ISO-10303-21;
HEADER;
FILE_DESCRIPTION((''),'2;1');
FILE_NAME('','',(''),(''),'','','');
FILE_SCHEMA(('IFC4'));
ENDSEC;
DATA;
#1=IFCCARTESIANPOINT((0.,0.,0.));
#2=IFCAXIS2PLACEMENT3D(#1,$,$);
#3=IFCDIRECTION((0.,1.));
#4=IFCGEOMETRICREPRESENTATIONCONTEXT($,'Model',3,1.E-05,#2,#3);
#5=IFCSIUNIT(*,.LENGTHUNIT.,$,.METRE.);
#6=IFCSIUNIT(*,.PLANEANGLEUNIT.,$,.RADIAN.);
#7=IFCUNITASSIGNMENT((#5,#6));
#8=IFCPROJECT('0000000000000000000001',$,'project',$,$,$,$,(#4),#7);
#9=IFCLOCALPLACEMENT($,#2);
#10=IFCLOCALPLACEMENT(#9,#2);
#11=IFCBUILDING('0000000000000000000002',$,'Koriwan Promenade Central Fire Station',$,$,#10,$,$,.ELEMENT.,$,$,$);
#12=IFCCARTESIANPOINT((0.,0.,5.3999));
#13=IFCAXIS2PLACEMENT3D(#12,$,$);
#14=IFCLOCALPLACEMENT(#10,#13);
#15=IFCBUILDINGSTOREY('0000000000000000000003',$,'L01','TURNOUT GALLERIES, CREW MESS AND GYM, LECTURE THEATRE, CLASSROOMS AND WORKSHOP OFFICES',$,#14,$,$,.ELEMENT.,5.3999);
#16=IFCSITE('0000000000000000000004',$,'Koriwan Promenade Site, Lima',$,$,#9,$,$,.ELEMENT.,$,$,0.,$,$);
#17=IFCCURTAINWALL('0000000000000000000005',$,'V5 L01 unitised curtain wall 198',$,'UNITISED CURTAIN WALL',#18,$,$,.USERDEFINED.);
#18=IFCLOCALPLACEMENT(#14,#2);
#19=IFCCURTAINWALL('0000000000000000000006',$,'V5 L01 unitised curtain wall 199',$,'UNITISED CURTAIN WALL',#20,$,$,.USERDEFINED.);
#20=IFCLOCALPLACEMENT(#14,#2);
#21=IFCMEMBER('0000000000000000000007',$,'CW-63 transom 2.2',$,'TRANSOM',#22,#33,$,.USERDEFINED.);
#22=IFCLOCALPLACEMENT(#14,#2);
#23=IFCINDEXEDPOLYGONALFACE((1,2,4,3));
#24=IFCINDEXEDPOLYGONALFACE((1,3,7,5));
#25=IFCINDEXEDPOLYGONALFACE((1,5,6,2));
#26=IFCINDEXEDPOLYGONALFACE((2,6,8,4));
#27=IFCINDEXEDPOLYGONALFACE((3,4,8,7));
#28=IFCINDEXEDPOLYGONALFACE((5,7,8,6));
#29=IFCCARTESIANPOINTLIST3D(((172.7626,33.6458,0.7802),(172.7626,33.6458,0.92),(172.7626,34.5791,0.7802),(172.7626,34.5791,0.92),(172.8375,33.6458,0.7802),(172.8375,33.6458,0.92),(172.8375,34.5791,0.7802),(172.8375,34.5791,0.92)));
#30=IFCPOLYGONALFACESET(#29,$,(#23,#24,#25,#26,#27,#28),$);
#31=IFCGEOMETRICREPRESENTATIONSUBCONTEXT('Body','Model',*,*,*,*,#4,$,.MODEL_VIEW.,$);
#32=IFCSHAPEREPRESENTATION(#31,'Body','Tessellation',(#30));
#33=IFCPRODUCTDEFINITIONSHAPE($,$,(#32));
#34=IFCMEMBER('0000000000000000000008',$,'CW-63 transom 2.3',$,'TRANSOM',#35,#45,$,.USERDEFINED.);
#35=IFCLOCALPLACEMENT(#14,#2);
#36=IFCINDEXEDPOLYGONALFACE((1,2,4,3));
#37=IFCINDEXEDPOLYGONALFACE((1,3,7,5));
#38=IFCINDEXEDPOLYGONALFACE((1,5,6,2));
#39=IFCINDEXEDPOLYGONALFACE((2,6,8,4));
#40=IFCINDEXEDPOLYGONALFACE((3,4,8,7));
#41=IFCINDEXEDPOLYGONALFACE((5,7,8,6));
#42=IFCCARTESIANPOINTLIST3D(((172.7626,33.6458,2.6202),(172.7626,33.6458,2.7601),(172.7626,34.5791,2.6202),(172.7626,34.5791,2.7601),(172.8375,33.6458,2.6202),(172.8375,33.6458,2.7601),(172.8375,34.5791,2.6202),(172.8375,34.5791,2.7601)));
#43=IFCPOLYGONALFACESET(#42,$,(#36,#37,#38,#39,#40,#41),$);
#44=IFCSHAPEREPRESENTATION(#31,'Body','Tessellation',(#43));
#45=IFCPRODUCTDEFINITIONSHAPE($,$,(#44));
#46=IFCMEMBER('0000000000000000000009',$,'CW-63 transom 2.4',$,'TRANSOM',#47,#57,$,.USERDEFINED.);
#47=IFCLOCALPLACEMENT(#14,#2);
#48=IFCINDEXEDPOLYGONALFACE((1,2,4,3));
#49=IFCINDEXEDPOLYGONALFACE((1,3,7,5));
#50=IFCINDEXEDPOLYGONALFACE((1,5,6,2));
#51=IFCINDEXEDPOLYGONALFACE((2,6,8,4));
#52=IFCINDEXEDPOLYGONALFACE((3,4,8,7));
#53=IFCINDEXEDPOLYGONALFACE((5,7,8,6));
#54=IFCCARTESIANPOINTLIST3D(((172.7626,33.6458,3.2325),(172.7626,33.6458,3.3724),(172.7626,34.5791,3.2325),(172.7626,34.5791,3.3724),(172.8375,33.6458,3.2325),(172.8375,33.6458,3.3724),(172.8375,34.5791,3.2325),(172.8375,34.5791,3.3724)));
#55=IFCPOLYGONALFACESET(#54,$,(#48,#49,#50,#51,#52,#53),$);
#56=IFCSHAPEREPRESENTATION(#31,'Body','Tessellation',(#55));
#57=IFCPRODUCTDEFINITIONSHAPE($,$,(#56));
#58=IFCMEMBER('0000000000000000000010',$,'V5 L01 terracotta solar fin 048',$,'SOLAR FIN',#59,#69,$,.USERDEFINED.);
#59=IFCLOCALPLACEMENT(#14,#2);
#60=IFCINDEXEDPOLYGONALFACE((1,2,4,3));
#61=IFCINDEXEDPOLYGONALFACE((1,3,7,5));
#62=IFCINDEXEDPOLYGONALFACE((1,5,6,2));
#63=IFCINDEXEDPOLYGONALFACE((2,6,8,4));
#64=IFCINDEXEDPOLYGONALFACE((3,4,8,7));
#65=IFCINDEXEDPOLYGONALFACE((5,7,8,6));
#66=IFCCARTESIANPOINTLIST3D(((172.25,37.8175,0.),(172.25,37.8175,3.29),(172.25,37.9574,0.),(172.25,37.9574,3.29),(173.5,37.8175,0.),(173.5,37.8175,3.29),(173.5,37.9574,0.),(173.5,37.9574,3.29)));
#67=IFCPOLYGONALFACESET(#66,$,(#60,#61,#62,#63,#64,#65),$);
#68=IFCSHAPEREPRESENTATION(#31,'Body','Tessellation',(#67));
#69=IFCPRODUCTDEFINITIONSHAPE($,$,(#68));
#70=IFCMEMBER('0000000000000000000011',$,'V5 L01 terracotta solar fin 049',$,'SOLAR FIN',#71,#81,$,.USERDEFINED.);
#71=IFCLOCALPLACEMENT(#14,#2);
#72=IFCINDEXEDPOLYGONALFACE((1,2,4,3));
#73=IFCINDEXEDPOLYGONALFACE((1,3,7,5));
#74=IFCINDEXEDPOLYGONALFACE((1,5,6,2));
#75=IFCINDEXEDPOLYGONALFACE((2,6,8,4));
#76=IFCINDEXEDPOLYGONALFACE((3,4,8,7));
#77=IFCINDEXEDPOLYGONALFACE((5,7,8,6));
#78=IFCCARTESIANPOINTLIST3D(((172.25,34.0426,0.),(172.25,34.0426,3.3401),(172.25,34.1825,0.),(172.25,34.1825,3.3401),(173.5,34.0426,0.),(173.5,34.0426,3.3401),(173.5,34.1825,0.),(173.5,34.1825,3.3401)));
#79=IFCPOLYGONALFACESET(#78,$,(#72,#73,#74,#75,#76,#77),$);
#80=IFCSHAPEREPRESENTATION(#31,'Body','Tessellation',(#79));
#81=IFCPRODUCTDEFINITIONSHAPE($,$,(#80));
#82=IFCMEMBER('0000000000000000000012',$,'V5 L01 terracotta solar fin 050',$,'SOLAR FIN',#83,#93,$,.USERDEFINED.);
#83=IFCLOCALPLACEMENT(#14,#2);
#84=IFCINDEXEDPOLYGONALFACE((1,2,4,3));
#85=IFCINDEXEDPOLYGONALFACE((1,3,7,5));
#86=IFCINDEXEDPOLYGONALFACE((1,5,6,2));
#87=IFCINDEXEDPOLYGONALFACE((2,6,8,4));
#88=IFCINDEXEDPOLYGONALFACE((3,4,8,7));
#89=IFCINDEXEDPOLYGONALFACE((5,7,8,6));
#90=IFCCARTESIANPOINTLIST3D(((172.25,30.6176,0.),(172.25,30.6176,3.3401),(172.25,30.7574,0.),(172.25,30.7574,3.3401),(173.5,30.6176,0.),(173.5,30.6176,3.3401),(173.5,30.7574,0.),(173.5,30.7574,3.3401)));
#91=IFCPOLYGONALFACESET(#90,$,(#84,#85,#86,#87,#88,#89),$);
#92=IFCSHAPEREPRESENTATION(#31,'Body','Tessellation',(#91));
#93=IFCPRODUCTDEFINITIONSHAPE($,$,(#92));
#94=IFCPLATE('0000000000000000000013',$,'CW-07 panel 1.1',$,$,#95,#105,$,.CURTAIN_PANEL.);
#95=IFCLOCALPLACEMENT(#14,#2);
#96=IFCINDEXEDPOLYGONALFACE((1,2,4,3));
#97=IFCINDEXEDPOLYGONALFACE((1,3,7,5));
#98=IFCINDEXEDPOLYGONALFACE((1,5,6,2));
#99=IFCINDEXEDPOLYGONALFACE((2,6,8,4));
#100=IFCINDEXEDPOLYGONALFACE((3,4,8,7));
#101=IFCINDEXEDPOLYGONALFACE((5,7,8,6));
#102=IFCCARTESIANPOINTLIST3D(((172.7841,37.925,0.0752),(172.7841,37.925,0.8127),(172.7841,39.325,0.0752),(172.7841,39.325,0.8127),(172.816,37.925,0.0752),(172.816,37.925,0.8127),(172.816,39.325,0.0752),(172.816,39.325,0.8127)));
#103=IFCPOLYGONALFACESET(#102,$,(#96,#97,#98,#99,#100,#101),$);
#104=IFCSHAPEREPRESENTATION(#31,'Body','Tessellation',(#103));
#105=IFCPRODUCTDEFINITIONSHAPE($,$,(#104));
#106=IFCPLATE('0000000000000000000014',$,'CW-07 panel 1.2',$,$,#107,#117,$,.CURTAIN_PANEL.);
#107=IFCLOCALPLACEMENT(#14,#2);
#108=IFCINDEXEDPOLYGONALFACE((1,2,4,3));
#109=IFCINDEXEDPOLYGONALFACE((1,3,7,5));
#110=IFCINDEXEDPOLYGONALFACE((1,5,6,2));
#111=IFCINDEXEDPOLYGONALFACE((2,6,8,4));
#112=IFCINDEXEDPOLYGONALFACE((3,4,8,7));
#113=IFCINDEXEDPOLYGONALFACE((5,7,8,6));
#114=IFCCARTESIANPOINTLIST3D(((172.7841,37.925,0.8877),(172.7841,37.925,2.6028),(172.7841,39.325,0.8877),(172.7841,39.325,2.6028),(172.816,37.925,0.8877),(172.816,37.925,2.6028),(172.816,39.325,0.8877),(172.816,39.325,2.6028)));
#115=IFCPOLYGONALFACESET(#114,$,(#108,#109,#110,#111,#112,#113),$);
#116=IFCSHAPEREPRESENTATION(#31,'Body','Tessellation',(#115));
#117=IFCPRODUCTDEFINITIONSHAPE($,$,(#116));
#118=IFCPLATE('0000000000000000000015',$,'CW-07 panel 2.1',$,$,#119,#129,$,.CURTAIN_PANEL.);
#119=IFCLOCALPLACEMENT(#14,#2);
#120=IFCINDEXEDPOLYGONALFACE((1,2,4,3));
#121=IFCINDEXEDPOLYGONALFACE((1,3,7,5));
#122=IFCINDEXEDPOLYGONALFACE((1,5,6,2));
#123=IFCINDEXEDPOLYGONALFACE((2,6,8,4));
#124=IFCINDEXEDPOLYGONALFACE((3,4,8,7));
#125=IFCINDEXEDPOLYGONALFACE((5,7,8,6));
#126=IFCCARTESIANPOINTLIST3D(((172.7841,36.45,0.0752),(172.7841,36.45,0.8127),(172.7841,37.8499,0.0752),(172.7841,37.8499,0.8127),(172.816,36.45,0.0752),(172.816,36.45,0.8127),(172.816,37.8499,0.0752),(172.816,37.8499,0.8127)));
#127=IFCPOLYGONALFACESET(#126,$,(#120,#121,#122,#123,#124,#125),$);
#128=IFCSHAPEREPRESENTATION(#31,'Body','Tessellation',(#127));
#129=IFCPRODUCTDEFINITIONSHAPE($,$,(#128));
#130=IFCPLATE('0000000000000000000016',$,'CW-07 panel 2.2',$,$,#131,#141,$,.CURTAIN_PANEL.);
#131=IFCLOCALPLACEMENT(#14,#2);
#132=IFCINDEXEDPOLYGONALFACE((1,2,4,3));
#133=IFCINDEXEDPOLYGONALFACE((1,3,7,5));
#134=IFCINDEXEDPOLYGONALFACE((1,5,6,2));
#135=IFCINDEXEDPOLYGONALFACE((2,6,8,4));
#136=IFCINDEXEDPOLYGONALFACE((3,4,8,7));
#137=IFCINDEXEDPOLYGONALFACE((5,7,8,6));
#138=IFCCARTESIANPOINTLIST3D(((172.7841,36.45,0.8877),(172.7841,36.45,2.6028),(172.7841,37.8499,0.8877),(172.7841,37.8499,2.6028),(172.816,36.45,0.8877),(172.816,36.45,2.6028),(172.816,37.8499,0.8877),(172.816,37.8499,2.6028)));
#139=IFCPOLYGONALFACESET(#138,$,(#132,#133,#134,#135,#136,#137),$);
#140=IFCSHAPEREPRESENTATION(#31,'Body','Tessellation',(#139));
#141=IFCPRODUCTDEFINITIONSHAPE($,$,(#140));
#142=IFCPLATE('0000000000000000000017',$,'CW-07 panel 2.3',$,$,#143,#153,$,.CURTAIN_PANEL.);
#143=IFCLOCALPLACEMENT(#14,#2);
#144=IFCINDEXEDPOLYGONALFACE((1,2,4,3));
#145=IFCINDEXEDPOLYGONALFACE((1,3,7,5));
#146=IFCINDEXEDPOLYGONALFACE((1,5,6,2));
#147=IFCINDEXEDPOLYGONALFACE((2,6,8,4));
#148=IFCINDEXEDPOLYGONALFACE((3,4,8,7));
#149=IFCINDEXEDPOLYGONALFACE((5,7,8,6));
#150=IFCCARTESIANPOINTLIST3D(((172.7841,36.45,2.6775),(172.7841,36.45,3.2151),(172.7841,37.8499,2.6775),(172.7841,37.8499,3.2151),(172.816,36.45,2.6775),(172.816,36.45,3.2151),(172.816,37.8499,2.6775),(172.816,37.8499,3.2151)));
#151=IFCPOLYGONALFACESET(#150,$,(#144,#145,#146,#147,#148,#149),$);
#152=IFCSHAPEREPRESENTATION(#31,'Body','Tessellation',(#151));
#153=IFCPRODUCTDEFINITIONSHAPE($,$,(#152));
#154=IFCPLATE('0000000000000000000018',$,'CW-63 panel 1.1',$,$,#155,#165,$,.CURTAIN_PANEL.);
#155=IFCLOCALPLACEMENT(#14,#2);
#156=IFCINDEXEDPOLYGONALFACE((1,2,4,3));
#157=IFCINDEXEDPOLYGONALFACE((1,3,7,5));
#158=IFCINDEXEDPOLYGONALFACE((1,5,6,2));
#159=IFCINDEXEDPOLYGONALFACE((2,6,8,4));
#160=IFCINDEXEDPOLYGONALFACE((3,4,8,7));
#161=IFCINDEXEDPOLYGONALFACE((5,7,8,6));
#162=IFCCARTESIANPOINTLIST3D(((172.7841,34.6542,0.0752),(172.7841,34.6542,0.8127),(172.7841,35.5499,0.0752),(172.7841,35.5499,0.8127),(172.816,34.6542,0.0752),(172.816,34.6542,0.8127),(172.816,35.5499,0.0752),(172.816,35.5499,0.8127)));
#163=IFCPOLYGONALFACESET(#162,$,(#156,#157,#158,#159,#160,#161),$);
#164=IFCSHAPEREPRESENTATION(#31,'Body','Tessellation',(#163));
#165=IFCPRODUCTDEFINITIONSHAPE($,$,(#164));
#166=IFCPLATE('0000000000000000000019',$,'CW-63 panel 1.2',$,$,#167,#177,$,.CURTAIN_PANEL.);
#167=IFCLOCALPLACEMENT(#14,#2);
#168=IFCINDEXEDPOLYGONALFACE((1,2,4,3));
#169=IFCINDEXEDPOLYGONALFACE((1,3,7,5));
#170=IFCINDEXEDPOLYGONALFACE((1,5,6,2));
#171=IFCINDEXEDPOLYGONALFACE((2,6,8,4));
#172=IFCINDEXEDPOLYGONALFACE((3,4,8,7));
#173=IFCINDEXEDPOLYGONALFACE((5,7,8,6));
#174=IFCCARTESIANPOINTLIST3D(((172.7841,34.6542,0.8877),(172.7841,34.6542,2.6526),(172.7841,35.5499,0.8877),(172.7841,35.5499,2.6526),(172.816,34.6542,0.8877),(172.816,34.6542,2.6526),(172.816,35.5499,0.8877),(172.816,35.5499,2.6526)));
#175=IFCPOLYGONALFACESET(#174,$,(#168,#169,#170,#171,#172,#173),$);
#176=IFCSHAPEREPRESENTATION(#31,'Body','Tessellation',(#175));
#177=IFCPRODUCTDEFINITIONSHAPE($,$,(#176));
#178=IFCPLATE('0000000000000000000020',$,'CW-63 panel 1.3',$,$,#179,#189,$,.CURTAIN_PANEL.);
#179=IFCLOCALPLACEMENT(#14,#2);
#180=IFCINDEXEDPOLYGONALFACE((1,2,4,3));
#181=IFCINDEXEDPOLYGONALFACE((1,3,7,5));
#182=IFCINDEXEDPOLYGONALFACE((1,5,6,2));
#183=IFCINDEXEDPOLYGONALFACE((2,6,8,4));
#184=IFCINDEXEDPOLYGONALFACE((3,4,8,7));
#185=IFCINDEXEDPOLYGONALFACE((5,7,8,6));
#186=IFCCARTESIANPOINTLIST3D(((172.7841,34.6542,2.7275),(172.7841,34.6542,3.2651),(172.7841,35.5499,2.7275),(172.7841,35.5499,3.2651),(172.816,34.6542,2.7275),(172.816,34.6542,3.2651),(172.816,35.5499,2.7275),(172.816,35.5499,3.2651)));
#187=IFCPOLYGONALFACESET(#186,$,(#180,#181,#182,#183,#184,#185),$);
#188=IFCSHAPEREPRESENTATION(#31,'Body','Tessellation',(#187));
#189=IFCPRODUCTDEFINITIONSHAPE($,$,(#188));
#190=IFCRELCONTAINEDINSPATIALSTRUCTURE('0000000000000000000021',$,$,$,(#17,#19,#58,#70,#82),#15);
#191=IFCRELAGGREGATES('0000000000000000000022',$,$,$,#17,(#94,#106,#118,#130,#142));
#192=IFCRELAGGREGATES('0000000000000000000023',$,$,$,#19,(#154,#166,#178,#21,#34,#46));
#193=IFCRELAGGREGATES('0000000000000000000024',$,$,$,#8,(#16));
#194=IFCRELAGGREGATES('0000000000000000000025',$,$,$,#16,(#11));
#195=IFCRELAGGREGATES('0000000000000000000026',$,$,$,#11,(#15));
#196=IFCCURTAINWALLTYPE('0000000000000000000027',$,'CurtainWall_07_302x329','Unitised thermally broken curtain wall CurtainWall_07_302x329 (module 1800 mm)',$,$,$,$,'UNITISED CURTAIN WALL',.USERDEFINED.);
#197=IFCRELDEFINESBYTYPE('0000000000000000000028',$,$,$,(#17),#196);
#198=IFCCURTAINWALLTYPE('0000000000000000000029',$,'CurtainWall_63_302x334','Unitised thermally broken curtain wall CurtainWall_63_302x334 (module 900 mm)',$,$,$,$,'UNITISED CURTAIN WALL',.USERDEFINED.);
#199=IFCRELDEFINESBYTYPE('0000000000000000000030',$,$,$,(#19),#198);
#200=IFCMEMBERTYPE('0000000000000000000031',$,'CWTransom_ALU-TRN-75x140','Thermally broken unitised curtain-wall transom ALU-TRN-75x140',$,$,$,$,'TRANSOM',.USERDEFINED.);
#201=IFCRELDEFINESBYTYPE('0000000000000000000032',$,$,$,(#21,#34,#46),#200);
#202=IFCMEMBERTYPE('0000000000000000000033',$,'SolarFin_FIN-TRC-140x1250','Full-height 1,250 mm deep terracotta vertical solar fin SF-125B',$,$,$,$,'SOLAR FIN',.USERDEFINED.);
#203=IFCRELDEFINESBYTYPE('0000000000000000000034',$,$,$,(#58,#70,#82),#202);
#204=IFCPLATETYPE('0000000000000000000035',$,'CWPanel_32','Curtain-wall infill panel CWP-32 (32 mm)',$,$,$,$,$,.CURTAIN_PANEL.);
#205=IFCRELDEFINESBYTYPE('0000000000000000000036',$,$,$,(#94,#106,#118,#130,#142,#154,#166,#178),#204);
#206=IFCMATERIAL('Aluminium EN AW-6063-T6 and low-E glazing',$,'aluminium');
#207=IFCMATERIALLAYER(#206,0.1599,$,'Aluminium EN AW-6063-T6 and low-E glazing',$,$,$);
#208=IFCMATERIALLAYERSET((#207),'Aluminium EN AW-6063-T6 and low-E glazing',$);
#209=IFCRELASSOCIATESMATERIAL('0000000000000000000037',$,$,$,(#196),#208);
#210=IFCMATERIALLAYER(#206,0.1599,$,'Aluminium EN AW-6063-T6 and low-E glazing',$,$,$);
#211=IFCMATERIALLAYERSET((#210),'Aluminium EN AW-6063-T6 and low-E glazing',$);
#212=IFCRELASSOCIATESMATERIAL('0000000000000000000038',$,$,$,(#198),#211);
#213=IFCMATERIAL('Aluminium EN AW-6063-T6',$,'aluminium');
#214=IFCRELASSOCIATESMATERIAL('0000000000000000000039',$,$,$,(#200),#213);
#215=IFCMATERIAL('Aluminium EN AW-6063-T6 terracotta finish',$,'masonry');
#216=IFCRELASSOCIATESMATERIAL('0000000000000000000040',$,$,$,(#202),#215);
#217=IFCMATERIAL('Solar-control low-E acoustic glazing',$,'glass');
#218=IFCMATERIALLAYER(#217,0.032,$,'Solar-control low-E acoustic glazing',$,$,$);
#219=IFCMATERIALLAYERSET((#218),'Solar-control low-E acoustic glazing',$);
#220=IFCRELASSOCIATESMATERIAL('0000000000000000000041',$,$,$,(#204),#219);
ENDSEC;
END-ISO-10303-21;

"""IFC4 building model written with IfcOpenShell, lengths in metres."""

from ifc_helpers import new_model, si_unit, direction, frame, origin, origin_2d, place, context, subcontext, project, spatial, rectangle, extrude, material, layer, layer_set, material_profile, profile_set, type_object, element, aggregate, save


model = new_model("IFC4")

# Units and contexts
model_context = context("Model", 3, precision=1e-05, world=origin(), true_north=direction((0.0, 1.0)))
body_context = subcontext(model_context, "Body", "Model", "MODEL_VIEW")
ifc_project = project(units=[si_unit("LENGTHUNIT", "METRE"), si_unit("PLANEANGLEUNIT", "RADIAN")], contexts=[model_context])

# Site, building, storey
site_placement = place(None, origin())
site = spatial("IfcSite", under=ifc_project, at=site_placement, Name="Koriwan Promenade Site, Lima", CompositionType="ELEMENT", RefElevation=0.0)
building_placement = place(site_placement, origin())
building = spatial("IfcBuilding", under=site, at=building_placement, Name="Koriwan Promenade Central Fire Station", CompositionType="ELEMENT")
storey_placement = place(building_placement, frame((0.0, 0.0, 5.3999)))
storey = spatial("IfcBuildingStorey", under=building, at=storey_placement, Name="L01", Description="TURNOUT GALLERIES, CREW MESS AND GYM, LECTURE THEATRE, CLASSROOMS AND WORKSHOP OFFICES", CompositionType="ELEMENT", Elevation=5.3999)

# Curtain walls
ifc_material_1 = material(Name="Aluminium EN AW-6063-T6 and low-E glazing", Category="aluminium")
ifc_layer_1 = layer(ifc_material_1, 0.1599, Name="Aluminium EN AW-6063-T6 and low-E glazing")
ifc_layer_set_1 = layer_set([ifc_layer_1], Name="Aluminium EN AW-6063-T6 and low-E glazing")
curtain_wall_type_1 = type_object("IfcCurtainWallType", Name="CurtainWall_07_302x329", Description="Unitised thermally broken curtain wall CurtainWall_07_302x329 (module 1800 mm)", ElementType="UNITISED CURTAIN WALL", PredefinedType="USERDEFINED", material=ifc_layer_set_1)
curtain_wall_1_placement = place(storey_placement, origin())
curtain_wall_1 = element("IfcCurtainWall", 1, at=curtain_wall_1_placement, inside=storey, type_object=curtain_wall_type_1, Name="V5 L01 unitised curtain wall 198", ObjectType="UNITISED CURTAIN WALL", PredefinedType="USERDEFINED")
ifc_material_2 = material(Name="Aluminium EN AW-6063-T6", Category="aluminium")
ifc_layer_2 = layer(ifc_material_1, 0.1599, Name="Aluminium EN AW-6063-T6 and low-E glazing")
ifc_layer_set_2 = layer_set([ifc_layer_2], Name="Aluminium EN AW-6063-T6 and low-E glazing")
curtain_wall_type_2 = type_object("IfcCurtainWallType", Name="CurtainWall_63_302x334", Description="Unitised thermally broken curtain wall CurtainWall_63_302x334 (module 900 mm)", ElementType="UNITISED CURTAIN WALL", PredefinedType="USERDEFINED", material=ifc_layer_set_2)
curtain_wall_2_placement = place(storey_placement, origin())
curtain_wall_2 = element("IfcCurtainWall", 2, at=curtain_wall_2_placement, inside=storey, type_object=curtain_wall_type_2, Name="V5 L01 unitised curtain wall 199", ObjectType="UNITISED CURTAIN WALL", PredefinedType="USERDEFINED")

# Members
ifc_material_profile_1 = material_profile(ifc_material_2, rectangle(XDim=0.075, YDim=0.1399, at=origin_2d()), Name="ALU-TRN-75x140")
ifc_profile_set_1 = profile_set([ifc_material_profile_1], Name="Aluminium EN AW-6063-T6")
member_type_1 = type_object("IfcMemberType", Name="CWTransom_ALU-TRN-75x140", Description="Thermally broken unitised curtain-wall transom ALU-TRN-75x140", ElementType="TRANSOM", PredefinedType="USERDEFINED", material=ifc_profile_set_1)
member_1_placement = place(storey_placement, frame((172.8, 34.5791, 0.8501), z_axis=(0.0, -1.0, 0.0), x_axis=(1.0, 0.0, 0.0)))
member_1 = element("IfcMember", 3, at=member_1_placement, type_object=member_type_1, Name="CW-63 transom 2.2", ObjectType="TRANSOM", PredefinedType="USERDEFINED", context=body_context, shape_type="SweptSolid", body=[
    extrude(rectangle(XDim=0.075, YDim=0.1399, at=origin_2d()), origin(), (0.0, 0.0, 1.0), 0.9333),
])
member_2_placement = place(storey_placement, frame((172.8, 34.5791, 2.6902), z_axis=(0.0, -1.0, 0.0), x_axis=(1.0, 0.0, 0.0)))
member_2 = element("IfcMember", 4, at=member_2_placement, type_object=member_type_1, Name="CW-63 transom 2.3", ObjectType="TRANSOM", PredefinedType="USERDEFINED", context=body_context, shape_type="SweptSolid", body=[
    extrude(rectangle(XDim=0.075, YDim=0.1399, at=origin_2d()), origin(), (0.0, 0.0, 1.0), 0.9333),
])
member_3_placement = place(storey_placement, frame((172.8, 34.5791, 3.3025), z_axis=(0.0, -1.0, 0.0), x_axis=(1.0, 0.0, 0.0)))
member_3 = element("IfcMember", 5, at=member_3_placement, type_object=member_type_1, Name="CW-63 transom 2.4", ObjectType="TRANSOM", PredefinedType="USERDEFINED", context=body_context, shape_type="SweptSolid", body=[
    extrude(rectangle(XDim=0.075, YDim=0.1399, at=origin_2d()), origin(), (0.0, 0.0, 1.0), 0.9333),
])

# Members
ifc_material_3 = material(Name="Aluminium EN AW-6063-T6 terracotta finish", Category="masonry")
ifc_material_profile_2 = material_profile(ifc_material_3, rectangle(XDim=0.1399, YDim=1.25, at=origin_2d()), Name="FIN-TRC-140x1250")
ifc_profile_set_2 = profile_set([ifc_material_profile_2], Name="Aluminium EN AW-6063-T6 terracotta finish")
member_type_2 = type_object("IfcMemberType", Name="SolarFin_FIN-TRC-140x1250", Description="Full-height 1,250 mm deep terracotta vertical solar fin SF-125B", ElementType="SOLAR FIN", PredefinedType="USERDEFINED", material=ifc_profile_set_2)
member_4_placement = place(storey_placement, frame((172.875, 37.8875, 0.0), z_axis=(0.0, 0.0, 1.0), x_axis=(0.0, -1.0, 0.0)))
element("IfcMember", 6, at=member_4_placement, inside=storey, type_object=member_type_2, Name="V5 L01 terracotta solar fin 048", ObjectType="SOLAR FIN", PredefinedType="USERDEFINED", context=body_context, shape_type="SweptSolid", body=[
    extrude(rectangle(XDim=0.1399, YDim=1.25, at=origin_2d()), origin(), (0.0, 0.0, 1.0), 3.29),
])
for number, where, z_axis, x_axis, name in (
    (7, (172.875, 34.1125, 0.0), (0.0, 0.0, 1.0), (0.0, -1.0, 0.0), "V5 L01 terracotta solar fin 049"),
    (8, (172.875, 30.6875, 0.0), (0.0, 0.0, 1.0), (0.0, -1.0, 0.0), "V5 L01 terracotta solar fin 050"),
):
    element("IfcMember", number, at=place(storey_placement, frame(where, z_axis=z_axis, x_axis=x_axis)), inside=storey, type_object=member_type_2, Name=name, ObjectType="SOLAR FIN", PredefinedType="USERDEFINED", context=body_context, shape_type="SweptSolid", body=[
        extrude(rectangle(XDim=0.1399, YDim=1.25, at=origin_2d()), origin(), (0.0, 0.0, 1.0), 3.3401),
    ])

# Plates
ifc_material_4 = material(Name="Solar-control low-E acoustic glazing", Category="glass")
ifc_layer_3 = layer(ifc_material_4, 0.032, Name="Solar-control low-E acoustic glazing")
ifc_layer_set_3 = layer_set([ifc_layer_3], Name="Solar-control low-E acoustic glazing")
plate_type = type_object("IfcPlateType", Name="CWPanel_32", Description="Curtain-wall infill panel CWP-32 (32 mm)", PredefinedType="CURTAIN_PANEL", material=ifc_layer_set_3)
plate_1_placement = place(storey_placement, frame((172.8, 38.625, 0.0752), z_axis=(0.0, 0.0, 1.0), x_axis=(0.0, -1.0, 0.0)))
plate_1 = element("IfcPlate", 9, at=plate_1_placement, type_object=plate_type, Name="CW-07 panel 1.1", PredefinedType="CURTAIN_PANEL", context=body_context, shape_type="SweptSolid", body=[
    extrude(rectangle(XDim=1.3999, YDim=0.032, at=origin_2d()), origin(), (0.0, 0.0, 1.0), 0.7375),
])
plate_2_placement = place(storey_placement, frame((172.8, 38.625, 0.8877), z_axis=(0.0, 0.0, 1.0), x_axis=(0.0, -1.0, 0.0)))
plate_2 = element("IfcPlate", 10, at=plate_2_placement, type_object=plate_type, Name="CW-07 panel 1.2", PredefinedType="CURTAIN_PANEL", context=body_context, shape_type="SweptSolid", body=[
    extrude(rectangle(XDim=1.3999, YDim=0.032, at=origin_2d()), origin(), (0.0, 0.0, 1.0), 1.7151),
])
plate_3_placement = place(storey_placement, frame((172.8, 37.1499, 0.0752), z_axis=(0.0, 0.0, 1.0), x_axis=(0.0, -1.0, 0.0)))
plate_3 = element("IfcPlate", 11, at=plate_3_placement, type_object=plate_type, Name="CW-07 panel 2.1", PredefinedType="CURTAIN_PANEL", context=body_context, shape_type="SweptSolid", body=[
    extrude(rectangle(XDim=1.3999, YDim=0.032, at=origin_2d()), origin(), (0.0, 0.0, 1.0), 0.7375),
])
plate_4_placement = place(storey_placement, frame((172.8, 37.1499, 0.8877), z_axis=(0.0, 0.0, 1.0), x_axis=(0.0, -1.0, 0.0)))
plate_4 = element("IfcPlate", 12, at=plate_4_placement, type_object=plate_type, Name="CW-07 panel 2.2", PredefinedType="CURTAIN_PANEL", context=body_context, shape_type="SweptSolid", body=[
    extrude(rectangle(XDim=1.3999, YDim=0.032, at=origin_2d()), origin(), (0.0, 0.0, 1.0), 1.7151),
])
plate_5_placement = place(storey_placement, frame((172.8, 37.1499, 2.6775), z_axis=(0.0, 0.0, 1.0), x_axis=(0.0, -1.0, 0.0)))
plate_5 = element("IfcPlate", 13, at=plate_5_placement, type_object=plate_type, Name="CW-07 panel 2.3", PredefinedType="CURTAIN_PANEL", context=body_context, shape_type="SweptSolid", body=[
    extrude(rectangle(XDim=1.3999, YDim=0.032, at=origin_2d()), origin(), (0.0, 0.0, 1.0), 0.5376),
])
aggregate(curtain_wall_1, [plate_1, plate_2, plate_3, plate_4, plate_5])
plate_6_placement = place(storey_placement, frame((172.8, 35.1021, 0.0752), z_axis=(0.0, 0.0, 1.0), x_axis=(0.0, -1.0, 0.0)))
plate_6 = element("IfcPlate", 14, at=plate_6_placement, type_object=plate_type, Name="CW-63 panel 1.1", PredefinedType="CURTAIN_PANEL", context=body_context, shape_type="SweptSolid", body=[
    extrude(rectangle(XDim=0.8958, YDim=0.032, at=origin_2d()), origin(), (0.0, 0.0, 1.0), 0.7375),
])
plate_7_placement = place(storey_placement, frame((172.8, 35.1021, 0.8877), z_axis=(0.0, 0.0, 1.0), x_axis=(0.0, -1.0, 0.0)))
plate_7 = element("IfcPlate", 15, at=plate_7_placement, type_object=plate_type, Name="CW-63 panel 1.2", PredefinedType="CURTAIN_PANEL", context=body_context, shape_type="SweptSolid", body=[
    extrude(rectangle(XDim=0.8958, YDim=0.032, at=origin_2d()), origin(), (0.0, 0.0, 1.0), 1.7649),
])
plate_8_placement = place(storey_placement, frame((172.8, 35.1021, 2.7275), z_axis=(0.0, 0.0, 1.0), x_axis=(0.0, -1.0, 0.0)))
plate_8 = element("IfcPlate", 16, at=plate_8_placement, type_object=plate_type, Name="CW-63 panel 1.3", PredefinedType="CURTAIN_PANEL", context=body_context, shape_type="SweptSolid", body=[
    extrude(rectangle(XDim=0.8958, YDim=0.032, at=origin_2d()), origin(), (0.0, 0.0, 1.0), 0.5376),
])
aggregate(curtain_wall_2, [plate_6, plate_7, plate_8, member_1, member_2, member_3])

save(model, "model.ifc")
